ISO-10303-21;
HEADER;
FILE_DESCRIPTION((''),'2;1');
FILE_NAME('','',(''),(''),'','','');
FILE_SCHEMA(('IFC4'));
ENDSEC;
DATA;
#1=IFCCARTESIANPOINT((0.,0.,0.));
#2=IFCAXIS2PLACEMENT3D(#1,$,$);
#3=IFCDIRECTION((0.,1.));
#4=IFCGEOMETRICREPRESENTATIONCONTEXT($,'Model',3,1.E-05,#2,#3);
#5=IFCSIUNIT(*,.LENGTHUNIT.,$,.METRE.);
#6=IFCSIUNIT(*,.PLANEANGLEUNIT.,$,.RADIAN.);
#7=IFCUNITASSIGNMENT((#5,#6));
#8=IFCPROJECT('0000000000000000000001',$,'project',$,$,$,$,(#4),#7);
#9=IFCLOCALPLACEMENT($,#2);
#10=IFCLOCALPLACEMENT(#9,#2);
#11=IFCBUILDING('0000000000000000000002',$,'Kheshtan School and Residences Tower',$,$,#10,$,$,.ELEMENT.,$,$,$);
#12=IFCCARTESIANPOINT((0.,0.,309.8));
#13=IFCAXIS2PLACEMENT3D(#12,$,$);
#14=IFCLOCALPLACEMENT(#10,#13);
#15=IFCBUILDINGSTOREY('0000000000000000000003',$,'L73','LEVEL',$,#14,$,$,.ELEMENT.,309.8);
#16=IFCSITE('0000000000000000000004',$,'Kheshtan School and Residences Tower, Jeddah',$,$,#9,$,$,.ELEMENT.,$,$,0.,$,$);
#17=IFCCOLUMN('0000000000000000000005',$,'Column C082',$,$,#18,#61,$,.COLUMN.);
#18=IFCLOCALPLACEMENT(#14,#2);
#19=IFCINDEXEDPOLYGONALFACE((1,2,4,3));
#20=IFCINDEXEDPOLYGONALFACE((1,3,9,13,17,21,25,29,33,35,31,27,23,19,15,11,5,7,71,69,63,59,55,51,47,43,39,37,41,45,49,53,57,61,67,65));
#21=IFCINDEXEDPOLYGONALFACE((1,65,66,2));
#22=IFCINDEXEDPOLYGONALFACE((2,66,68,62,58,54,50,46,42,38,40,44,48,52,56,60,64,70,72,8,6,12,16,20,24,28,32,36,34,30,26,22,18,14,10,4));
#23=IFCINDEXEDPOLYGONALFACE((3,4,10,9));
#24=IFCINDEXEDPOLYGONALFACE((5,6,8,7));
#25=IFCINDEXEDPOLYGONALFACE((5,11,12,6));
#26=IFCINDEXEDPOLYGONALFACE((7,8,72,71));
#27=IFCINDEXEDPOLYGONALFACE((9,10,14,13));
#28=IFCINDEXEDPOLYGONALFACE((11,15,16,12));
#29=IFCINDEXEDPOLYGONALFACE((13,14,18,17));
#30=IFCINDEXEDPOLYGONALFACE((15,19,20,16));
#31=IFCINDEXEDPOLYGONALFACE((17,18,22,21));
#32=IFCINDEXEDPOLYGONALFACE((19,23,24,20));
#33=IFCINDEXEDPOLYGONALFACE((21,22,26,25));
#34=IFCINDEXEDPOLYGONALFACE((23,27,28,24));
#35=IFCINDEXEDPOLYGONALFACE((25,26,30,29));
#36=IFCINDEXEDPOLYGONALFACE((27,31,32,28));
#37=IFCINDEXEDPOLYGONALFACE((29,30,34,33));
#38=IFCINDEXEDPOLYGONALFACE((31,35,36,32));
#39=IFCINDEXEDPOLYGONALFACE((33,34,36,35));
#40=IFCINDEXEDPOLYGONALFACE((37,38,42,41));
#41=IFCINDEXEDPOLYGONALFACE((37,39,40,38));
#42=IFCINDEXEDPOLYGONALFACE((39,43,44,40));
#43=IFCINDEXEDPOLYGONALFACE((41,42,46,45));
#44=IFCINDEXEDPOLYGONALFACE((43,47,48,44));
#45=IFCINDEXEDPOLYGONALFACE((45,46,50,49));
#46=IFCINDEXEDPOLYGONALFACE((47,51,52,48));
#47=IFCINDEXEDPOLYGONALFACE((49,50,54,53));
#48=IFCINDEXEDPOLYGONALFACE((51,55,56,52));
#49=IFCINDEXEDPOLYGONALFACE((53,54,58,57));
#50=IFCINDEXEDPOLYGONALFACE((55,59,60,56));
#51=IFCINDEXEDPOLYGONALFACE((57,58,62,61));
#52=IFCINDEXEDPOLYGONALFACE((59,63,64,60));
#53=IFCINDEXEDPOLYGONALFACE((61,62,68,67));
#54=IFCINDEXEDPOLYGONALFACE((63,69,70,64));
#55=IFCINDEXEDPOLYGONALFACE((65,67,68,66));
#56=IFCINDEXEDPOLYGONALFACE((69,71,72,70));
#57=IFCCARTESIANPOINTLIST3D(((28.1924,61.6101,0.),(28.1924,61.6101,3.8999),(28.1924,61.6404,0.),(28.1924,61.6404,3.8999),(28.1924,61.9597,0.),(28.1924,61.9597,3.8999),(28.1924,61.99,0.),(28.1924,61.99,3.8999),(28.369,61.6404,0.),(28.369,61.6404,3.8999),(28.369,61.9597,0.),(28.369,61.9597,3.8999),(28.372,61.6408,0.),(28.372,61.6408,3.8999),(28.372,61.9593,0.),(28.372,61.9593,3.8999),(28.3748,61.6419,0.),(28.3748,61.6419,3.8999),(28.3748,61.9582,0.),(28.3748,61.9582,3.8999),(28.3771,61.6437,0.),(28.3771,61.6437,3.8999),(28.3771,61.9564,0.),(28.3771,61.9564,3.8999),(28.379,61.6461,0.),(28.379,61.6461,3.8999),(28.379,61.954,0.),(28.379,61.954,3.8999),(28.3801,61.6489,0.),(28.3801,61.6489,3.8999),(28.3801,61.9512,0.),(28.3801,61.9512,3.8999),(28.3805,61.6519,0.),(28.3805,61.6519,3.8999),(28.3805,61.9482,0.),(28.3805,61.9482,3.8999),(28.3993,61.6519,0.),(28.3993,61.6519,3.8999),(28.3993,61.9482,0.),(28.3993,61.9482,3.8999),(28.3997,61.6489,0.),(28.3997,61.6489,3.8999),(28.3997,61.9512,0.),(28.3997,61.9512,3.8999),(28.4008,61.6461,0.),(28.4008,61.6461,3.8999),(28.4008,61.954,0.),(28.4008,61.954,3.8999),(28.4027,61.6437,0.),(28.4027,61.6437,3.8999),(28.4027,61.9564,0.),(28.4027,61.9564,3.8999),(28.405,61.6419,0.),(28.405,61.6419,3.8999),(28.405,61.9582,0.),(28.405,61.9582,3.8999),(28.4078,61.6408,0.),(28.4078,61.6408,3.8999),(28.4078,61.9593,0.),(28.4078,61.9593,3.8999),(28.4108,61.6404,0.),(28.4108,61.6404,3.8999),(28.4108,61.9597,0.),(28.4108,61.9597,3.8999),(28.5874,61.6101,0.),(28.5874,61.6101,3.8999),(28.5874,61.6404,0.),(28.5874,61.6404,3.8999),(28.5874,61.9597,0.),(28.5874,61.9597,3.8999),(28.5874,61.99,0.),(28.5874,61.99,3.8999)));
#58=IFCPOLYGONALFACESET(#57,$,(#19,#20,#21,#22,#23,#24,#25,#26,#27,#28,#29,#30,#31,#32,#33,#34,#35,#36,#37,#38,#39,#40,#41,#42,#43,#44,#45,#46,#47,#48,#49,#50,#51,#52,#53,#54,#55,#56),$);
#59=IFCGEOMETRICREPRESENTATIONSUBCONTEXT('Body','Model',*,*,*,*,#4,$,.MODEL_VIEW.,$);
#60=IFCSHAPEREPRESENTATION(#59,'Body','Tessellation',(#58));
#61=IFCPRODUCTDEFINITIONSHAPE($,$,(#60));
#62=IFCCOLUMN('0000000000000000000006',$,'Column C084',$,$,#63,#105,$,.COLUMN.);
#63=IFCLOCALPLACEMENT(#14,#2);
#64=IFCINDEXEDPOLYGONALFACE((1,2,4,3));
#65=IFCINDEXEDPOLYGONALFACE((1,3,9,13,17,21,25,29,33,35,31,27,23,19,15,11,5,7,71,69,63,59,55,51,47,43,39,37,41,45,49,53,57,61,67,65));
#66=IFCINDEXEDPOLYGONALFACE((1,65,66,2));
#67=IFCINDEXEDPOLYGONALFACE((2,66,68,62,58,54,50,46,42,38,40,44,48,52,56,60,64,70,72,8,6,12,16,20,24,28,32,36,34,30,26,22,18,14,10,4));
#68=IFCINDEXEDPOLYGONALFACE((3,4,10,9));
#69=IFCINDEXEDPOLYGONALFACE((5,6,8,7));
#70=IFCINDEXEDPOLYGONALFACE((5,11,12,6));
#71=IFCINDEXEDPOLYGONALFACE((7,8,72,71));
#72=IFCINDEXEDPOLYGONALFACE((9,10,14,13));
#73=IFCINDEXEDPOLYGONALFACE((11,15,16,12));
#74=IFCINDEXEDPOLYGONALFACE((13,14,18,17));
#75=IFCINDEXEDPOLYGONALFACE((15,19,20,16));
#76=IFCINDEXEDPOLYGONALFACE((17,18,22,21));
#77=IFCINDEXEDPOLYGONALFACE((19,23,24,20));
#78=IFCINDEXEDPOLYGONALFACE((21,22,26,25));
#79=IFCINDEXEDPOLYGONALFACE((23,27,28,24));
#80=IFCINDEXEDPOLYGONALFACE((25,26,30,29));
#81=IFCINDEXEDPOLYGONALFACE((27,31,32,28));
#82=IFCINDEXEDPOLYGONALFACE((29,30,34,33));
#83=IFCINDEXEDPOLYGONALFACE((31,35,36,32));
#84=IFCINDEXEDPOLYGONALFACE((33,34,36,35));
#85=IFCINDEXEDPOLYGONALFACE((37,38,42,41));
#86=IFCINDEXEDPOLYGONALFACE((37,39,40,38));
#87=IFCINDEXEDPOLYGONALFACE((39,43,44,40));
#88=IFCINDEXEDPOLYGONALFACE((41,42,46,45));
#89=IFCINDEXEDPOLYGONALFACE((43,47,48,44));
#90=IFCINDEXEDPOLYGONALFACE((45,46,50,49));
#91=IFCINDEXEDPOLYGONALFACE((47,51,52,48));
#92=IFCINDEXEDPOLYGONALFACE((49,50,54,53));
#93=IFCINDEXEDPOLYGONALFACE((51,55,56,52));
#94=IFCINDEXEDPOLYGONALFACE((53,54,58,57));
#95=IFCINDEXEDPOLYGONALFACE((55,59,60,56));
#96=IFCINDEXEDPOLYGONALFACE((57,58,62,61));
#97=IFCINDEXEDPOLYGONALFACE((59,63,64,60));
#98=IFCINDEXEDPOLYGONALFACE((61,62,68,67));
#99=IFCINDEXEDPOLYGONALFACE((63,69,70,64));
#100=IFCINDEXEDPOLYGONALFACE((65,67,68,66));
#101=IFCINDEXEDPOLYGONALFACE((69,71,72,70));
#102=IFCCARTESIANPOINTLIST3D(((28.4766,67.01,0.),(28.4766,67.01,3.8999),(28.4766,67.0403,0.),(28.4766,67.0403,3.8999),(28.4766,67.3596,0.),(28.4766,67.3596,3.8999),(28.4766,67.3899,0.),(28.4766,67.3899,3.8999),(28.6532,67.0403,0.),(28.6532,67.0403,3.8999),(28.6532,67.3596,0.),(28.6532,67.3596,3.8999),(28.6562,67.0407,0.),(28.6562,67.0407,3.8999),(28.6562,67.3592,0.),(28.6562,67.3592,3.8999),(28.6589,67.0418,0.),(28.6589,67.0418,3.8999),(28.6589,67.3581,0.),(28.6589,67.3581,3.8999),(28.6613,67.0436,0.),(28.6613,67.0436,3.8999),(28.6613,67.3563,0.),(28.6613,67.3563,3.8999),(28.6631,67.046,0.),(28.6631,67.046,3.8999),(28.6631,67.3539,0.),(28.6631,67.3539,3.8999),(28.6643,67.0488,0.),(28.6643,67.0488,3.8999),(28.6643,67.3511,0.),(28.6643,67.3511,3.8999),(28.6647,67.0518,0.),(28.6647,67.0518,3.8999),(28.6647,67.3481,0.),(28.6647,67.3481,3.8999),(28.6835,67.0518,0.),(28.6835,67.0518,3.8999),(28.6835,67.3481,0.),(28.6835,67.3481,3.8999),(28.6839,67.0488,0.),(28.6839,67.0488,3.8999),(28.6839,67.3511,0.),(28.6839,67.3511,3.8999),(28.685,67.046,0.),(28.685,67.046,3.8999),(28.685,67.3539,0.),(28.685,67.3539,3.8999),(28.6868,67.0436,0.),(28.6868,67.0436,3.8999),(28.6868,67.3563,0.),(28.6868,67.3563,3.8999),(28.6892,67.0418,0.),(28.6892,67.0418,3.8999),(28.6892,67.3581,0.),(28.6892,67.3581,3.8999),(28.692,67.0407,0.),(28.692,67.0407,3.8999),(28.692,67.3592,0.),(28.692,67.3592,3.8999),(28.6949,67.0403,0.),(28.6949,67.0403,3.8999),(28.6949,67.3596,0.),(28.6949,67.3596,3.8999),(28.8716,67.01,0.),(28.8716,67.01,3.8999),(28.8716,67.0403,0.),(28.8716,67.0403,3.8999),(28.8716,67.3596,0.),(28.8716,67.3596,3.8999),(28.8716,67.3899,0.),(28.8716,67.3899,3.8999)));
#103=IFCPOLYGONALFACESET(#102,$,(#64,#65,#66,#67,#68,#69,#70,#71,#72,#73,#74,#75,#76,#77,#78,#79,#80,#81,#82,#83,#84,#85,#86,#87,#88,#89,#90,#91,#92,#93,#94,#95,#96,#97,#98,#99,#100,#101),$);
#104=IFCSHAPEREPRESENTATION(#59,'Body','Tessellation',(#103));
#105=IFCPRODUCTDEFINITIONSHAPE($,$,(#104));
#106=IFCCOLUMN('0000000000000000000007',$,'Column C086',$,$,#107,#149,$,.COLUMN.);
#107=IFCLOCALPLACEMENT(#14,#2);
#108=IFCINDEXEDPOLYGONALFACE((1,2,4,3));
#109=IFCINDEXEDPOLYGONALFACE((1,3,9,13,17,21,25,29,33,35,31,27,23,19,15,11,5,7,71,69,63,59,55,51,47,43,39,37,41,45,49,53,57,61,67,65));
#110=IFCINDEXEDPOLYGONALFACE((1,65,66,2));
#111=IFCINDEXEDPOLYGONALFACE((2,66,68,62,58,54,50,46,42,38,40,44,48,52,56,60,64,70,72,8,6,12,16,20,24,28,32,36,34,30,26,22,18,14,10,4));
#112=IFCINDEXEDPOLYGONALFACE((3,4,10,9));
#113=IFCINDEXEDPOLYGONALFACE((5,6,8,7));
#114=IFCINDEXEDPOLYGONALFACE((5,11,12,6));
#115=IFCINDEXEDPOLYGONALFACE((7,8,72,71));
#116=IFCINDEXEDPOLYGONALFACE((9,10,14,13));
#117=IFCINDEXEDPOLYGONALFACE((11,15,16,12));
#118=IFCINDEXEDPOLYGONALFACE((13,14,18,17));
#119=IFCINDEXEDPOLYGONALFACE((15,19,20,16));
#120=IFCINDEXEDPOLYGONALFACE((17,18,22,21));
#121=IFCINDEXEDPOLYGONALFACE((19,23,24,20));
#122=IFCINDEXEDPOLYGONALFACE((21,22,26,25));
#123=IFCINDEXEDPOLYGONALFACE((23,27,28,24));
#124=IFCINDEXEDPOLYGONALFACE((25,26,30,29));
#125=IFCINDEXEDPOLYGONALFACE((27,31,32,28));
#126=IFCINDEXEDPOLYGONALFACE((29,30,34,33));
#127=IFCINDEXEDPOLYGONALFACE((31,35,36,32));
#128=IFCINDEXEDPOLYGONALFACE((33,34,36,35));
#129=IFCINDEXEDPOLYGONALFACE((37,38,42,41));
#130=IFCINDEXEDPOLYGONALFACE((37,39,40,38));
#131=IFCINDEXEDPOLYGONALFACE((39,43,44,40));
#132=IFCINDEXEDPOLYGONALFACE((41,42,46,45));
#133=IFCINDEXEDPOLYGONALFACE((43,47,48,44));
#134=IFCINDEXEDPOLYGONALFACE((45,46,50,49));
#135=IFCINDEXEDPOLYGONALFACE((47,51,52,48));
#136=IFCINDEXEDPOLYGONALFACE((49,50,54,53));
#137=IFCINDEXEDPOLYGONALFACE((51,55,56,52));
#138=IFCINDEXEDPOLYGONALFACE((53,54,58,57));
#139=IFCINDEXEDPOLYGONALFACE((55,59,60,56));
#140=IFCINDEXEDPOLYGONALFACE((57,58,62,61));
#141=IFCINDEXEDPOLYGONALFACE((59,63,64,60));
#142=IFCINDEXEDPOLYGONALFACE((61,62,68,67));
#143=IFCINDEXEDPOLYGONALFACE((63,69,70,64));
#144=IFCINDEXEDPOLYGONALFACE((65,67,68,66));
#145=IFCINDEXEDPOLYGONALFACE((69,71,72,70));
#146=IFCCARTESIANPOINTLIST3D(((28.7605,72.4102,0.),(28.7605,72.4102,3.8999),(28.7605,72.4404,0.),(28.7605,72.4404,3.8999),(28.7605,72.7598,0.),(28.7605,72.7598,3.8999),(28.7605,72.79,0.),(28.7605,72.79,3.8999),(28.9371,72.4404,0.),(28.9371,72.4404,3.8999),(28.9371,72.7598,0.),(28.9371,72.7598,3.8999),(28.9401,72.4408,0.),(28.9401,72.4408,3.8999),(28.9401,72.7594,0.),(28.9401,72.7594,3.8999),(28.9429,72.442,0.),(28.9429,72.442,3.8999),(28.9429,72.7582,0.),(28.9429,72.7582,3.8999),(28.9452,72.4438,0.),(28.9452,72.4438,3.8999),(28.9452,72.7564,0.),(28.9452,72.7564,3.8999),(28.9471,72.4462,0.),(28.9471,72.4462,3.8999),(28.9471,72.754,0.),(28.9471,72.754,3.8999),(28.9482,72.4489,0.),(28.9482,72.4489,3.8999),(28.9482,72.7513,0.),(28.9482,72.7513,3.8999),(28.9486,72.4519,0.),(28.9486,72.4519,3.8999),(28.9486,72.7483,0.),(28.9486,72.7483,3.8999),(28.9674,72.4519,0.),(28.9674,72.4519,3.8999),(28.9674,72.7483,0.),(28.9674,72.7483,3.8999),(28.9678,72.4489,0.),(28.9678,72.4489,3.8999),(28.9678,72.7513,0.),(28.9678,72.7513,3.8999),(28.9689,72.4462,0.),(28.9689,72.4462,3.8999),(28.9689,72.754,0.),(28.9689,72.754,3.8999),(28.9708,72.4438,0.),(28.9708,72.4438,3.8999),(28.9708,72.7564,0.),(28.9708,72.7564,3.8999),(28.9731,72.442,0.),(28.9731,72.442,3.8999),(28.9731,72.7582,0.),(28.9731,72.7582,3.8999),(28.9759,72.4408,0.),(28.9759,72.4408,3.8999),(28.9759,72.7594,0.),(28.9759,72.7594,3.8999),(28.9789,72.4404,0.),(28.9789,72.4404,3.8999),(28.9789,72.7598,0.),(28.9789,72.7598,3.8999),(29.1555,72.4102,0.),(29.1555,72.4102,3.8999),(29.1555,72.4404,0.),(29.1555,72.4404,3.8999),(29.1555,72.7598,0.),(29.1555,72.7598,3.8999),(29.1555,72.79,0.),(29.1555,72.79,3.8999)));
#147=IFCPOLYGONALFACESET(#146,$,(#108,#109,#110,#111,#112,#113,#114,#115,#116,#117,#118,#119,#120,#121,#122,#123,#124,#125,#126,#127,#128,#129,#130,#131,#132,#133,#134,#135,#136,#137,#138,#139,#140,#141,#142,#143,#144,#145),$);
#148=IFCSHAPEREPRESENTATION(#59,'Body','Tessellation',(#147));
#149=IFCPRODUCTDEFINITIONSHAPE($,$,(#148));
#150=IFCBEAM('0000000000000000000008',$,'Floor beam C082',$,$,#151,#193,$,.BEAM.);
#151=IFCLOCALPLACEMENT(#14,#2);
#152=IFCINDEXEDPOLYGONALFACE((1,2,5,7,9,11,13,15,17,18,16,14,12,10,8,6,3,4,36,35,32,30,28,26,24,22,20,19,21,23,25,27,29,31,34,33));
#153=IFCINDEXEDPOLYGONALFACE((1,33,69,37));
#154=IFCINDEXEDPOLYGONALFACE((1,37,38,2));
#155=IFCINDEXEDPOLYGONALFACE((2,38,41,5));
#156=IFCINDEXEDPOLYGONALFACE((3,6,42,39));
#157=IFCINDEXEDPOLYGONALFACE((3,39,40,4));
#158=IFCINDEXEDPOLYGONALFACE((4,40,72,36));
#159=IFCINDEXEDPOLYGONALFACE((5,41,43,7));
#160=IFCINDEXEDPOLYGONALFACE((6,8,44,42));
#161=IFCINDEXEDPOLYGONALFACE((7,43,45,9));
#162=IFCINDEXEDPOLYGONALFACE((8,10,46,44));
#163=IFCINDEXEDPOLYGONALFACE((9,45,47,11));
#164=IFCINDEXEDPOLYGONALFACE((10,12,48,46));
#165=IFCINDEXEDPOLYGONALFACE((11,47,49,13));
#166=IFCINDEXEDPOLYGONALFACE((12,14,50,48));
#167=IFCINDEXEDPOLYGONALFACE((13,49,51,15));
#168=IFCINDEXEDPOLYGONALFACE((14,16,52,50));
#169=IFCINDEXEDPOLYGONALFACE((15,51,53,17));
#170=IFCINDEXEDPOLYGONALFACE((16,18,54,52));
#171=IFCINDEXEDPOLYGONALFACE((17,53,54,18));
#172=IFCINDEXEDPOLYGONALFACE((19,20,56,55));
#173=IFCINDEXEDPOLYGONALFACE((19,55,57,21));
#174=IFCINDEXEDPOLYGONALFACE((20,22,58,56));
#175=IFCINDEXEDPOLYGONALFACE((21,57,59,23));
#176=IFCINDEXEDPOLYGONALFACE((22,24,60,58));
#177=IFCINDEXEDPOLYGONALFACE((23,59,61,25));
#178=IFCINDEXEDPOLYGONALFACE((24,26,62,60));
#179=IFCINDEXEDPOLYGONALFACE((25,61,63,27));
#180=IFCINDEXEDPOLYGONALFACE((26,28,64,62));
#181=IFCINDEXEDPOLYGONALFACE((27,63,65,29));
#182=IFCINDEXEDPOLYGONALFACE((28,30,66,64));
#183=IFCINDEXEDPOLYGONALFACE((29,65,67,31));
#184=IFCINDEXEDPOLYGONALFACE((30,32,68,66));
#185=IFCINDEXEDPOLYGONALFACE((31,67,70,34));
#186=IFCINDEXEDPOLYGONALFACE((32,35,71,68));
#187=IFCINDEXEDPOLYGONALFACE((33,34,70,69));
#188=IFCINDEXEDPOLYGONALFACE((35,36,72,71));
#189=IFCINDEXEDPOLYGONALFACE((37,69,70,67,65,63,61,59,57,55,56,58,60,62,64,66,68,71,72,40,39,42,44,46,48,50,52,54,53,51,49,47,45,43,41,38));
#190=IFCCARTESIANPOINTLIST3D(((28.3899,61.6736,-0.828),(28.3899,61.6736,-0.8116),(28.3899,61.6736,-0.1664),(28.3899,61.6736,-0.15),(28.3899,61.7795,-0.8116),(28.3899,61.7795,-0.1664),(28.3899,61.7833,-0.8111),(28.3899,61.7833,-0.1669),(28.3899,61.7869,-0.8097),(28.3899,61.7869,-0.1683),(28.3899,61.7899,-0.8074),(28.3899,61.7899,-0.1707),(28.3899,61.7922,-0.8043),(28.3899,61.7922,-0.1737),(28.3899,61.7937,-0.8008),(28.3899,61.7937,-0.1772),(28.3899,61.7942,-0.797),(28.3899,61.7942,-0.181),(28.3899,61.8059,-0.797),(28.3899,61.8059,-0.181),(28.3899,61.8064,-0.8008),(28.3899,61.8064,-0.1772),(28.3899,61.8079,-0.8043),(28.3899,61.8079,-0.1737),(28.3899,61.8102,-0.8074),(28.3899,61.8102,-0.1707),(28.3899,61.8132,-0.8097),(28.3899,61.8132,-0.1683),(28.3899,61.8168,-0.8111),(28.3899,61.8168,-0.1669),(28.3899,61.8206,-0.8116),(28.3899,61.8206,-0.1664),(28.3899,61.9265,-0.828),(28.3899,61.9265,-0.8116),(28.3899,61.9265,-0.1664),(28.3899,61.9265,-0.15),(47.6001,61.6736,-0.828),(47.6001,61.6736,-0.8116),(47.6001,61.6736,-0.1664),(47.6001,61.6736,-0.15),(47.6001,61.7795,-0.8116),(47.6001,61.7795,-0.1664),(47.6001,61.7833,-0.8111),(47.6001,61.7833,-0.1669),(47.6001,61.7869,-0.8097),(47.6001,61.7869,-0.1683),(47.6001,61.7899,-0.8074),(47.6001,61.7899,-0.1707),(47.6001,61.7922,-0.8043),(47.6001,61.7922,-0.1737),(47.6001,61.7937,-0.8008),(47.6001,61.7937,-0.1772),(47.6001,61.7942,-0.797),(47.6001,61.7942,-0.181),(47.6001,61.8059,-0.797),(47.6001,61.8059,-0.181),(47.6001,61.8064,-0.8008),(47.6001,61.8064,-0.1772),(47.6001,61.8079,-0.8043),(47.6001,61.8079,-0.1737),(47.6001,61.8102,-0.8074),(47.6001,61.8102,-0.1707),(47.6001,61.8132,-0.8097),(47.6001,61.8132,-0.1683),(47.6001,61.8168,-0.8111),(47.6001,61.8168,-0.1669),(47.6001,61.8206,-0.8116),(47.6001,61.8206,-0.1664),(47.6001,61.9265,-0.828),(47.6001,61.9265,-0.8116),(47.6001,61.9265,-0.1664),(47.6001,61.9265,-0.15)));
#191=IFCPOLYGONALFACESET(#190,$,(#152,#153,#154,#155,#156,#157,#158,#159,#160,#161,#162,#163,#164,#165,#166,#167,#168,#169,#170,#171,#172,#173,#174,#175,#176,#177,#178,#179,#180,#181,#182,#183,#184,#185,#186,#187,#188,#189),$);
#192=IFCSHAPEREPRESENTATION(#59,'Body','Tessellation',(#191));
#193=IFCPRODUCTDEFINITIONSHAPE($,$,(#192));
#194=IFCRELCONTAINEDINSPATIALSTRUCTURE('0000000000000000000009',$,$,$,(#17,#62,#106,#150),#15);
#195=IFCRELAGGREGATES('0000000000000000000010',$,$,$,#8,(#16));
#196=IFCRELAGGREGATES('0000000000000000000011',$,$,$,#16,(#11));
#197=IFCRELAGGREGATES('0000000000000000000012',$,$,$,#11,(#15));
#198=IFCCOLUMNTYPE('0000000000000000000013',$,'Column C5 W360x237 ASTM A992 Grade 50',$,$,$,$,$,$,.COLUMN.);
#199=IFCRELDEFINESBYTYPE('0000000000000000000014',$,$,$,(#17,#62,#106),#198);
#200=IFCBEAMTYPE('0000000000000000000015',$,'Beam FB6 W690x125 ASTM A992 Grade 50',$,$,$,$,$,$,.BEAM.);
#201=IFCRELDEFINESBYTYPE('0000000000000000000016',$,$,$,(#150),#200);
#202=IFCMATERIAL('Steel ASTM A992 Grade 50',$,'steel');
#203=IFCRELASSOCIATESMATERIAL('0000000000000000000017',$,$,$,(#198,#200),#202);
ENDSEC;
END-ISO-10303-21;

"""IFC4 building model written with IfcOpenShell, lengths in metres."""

from ifc_helpers import new_model, si_unit, direction, frame, origin, origin_2d, place, context, subcontext, project, spatial, i_section, extrude, material, material_profile, profile_set, type_object, element, save


model = new_model("IFC4")

# Units and contexts
model_context = context("Model", 3, precision=1e-05, world=origin(), true_north=direction((0.0, 1.0)))
body_context = subcontext(model_context, "Body", "Model", "MODEL_VIEW")
ifc_project = project(units=[si_unit("LENGTHUNIT", "METRE"), si_unit("PLANEANGLEUNIT", "RADIAN")], contexts=[model_context])

# Site, building, storey
site_placement = place(None, origin())
site = spatial("IfcSite", under=ifc_project, at=site_placement, Name="Kheshtan School and Residences Tower, Jeddah", CompositionType="ELEMENT", RefElevation=0.0)
building_placement = place(site_placement, origin())
building = spatial("IfcBuilding", under=site, at=building_placement, Name="Kheshtan School and Residences Tower", CompositionType="ELEMENT")
storey_placement = place(building_placement, frame((0.0, 0.0, 309.8)))
storey = spatial("IfcBuildingStorey", under=building, at=storey_placement, Name="L73", Description="LEVEL", CompositionType="ELEMENT", Elevation=309.8)

# Columns
ifc_material_1 = material(Name="Steel ASTM A992 Grade 50", Category="steel")
ifc_material_profile_1 = material_profile(ifc_material_1, i_section(OverallWidth=0.395, OverallDepth=0.3799, WebThickness=0.0188, FlangeThickness=0.0303, FilletRadius=0.0115, at=origin_2d()), Name="W360x237")
ifc_profile_set_1 = profile_set([ifc_material_profile_1], Name="Steel ASTM A992 Grade 50")
column_type = type_object("IfcColumnType", Name="Column C5 W360x237 ASTM A992 Grade 50", PredefinedType="COLUMN", material=ifc_profile_set_1)
for number, where, z_axis, x_axis, name in (
    (1, (28.3899, 61.8, 0.0), (0.0, 0.0, 1.0), (1.0, 0.0, 0.0), "Column C082"),
    (2, (28.6741, 67.2, 0.0), (0.0, 0.0, 1.0), (1.0, 0.0, 0.0), "Column C084"),
    (3, (28.958, 72.6001, 0.0), (0.0, 0.0, 1.0), (1.0, 0.0, 0.0), "Column C086"),
):
    element("IfcColumn", number, at=place(storey_placement, frame(where, z_axis=z_axis, x_axis=x_axis)), inside=storey, type_object=column_type, Name=name, PredefinedType="COLUMN", context=body_context, shape_type="SweptSolid", body=[
        extrude(i_section(OverallWidth=0.395, OverallDepth=0.3799, WebThickness=0.0188, FlangeThickness=0.0303, FilletRadius=0.0115, at=origin_2d()), origin(), (0.0, 0.0, 1.0), 3.8999),
    ])

# Beam
ifc_material_profile_2 = material_profile(ifc_material_1, i_section(OverallWidth=0.2529, OverallDepth=0.678, WebThickness=0.0117, FlangeThickness=0.0164, FilletRadius=0.0146, at=origin_2d()), Name="W690x125")
ifc_profile_set_2 = profile_set([ifc_material_profile_2], Name="Steel ASTM A992 Grade 50")
beam_type_1 = type_object("IfcBeamType", Name="Beam FB6 W690x125 ASTM A992 Grade 50", PredefinedType="BEAM", material=ifc_profile_set_2)
beam_1_placement = place(storey_placement, frame((28.3899, 61.8, -0.489), z_axis=(1.0, 0.0, 0.0), x_axis=(0.0, 1.0, 0.0)))
element("IfcBeam", 4, at=beam_1_placement, inside=storey, type_object=beam_type_1, Name="Floor beam C082", PredefinedType="BEAM", context=body_context, shape_type="SweptSolid", body=[
    extrude(i_section(OverallWidth=0.2529, OverallDepth=0.678, WebThickness=0.0117, FlangeThickness=0.0164, FilletRadius=0.0146, at=origin_2d()), origin(), (0.0, 0.0, 1.0), 19.2102),
])

save(model, "model.ifc")
